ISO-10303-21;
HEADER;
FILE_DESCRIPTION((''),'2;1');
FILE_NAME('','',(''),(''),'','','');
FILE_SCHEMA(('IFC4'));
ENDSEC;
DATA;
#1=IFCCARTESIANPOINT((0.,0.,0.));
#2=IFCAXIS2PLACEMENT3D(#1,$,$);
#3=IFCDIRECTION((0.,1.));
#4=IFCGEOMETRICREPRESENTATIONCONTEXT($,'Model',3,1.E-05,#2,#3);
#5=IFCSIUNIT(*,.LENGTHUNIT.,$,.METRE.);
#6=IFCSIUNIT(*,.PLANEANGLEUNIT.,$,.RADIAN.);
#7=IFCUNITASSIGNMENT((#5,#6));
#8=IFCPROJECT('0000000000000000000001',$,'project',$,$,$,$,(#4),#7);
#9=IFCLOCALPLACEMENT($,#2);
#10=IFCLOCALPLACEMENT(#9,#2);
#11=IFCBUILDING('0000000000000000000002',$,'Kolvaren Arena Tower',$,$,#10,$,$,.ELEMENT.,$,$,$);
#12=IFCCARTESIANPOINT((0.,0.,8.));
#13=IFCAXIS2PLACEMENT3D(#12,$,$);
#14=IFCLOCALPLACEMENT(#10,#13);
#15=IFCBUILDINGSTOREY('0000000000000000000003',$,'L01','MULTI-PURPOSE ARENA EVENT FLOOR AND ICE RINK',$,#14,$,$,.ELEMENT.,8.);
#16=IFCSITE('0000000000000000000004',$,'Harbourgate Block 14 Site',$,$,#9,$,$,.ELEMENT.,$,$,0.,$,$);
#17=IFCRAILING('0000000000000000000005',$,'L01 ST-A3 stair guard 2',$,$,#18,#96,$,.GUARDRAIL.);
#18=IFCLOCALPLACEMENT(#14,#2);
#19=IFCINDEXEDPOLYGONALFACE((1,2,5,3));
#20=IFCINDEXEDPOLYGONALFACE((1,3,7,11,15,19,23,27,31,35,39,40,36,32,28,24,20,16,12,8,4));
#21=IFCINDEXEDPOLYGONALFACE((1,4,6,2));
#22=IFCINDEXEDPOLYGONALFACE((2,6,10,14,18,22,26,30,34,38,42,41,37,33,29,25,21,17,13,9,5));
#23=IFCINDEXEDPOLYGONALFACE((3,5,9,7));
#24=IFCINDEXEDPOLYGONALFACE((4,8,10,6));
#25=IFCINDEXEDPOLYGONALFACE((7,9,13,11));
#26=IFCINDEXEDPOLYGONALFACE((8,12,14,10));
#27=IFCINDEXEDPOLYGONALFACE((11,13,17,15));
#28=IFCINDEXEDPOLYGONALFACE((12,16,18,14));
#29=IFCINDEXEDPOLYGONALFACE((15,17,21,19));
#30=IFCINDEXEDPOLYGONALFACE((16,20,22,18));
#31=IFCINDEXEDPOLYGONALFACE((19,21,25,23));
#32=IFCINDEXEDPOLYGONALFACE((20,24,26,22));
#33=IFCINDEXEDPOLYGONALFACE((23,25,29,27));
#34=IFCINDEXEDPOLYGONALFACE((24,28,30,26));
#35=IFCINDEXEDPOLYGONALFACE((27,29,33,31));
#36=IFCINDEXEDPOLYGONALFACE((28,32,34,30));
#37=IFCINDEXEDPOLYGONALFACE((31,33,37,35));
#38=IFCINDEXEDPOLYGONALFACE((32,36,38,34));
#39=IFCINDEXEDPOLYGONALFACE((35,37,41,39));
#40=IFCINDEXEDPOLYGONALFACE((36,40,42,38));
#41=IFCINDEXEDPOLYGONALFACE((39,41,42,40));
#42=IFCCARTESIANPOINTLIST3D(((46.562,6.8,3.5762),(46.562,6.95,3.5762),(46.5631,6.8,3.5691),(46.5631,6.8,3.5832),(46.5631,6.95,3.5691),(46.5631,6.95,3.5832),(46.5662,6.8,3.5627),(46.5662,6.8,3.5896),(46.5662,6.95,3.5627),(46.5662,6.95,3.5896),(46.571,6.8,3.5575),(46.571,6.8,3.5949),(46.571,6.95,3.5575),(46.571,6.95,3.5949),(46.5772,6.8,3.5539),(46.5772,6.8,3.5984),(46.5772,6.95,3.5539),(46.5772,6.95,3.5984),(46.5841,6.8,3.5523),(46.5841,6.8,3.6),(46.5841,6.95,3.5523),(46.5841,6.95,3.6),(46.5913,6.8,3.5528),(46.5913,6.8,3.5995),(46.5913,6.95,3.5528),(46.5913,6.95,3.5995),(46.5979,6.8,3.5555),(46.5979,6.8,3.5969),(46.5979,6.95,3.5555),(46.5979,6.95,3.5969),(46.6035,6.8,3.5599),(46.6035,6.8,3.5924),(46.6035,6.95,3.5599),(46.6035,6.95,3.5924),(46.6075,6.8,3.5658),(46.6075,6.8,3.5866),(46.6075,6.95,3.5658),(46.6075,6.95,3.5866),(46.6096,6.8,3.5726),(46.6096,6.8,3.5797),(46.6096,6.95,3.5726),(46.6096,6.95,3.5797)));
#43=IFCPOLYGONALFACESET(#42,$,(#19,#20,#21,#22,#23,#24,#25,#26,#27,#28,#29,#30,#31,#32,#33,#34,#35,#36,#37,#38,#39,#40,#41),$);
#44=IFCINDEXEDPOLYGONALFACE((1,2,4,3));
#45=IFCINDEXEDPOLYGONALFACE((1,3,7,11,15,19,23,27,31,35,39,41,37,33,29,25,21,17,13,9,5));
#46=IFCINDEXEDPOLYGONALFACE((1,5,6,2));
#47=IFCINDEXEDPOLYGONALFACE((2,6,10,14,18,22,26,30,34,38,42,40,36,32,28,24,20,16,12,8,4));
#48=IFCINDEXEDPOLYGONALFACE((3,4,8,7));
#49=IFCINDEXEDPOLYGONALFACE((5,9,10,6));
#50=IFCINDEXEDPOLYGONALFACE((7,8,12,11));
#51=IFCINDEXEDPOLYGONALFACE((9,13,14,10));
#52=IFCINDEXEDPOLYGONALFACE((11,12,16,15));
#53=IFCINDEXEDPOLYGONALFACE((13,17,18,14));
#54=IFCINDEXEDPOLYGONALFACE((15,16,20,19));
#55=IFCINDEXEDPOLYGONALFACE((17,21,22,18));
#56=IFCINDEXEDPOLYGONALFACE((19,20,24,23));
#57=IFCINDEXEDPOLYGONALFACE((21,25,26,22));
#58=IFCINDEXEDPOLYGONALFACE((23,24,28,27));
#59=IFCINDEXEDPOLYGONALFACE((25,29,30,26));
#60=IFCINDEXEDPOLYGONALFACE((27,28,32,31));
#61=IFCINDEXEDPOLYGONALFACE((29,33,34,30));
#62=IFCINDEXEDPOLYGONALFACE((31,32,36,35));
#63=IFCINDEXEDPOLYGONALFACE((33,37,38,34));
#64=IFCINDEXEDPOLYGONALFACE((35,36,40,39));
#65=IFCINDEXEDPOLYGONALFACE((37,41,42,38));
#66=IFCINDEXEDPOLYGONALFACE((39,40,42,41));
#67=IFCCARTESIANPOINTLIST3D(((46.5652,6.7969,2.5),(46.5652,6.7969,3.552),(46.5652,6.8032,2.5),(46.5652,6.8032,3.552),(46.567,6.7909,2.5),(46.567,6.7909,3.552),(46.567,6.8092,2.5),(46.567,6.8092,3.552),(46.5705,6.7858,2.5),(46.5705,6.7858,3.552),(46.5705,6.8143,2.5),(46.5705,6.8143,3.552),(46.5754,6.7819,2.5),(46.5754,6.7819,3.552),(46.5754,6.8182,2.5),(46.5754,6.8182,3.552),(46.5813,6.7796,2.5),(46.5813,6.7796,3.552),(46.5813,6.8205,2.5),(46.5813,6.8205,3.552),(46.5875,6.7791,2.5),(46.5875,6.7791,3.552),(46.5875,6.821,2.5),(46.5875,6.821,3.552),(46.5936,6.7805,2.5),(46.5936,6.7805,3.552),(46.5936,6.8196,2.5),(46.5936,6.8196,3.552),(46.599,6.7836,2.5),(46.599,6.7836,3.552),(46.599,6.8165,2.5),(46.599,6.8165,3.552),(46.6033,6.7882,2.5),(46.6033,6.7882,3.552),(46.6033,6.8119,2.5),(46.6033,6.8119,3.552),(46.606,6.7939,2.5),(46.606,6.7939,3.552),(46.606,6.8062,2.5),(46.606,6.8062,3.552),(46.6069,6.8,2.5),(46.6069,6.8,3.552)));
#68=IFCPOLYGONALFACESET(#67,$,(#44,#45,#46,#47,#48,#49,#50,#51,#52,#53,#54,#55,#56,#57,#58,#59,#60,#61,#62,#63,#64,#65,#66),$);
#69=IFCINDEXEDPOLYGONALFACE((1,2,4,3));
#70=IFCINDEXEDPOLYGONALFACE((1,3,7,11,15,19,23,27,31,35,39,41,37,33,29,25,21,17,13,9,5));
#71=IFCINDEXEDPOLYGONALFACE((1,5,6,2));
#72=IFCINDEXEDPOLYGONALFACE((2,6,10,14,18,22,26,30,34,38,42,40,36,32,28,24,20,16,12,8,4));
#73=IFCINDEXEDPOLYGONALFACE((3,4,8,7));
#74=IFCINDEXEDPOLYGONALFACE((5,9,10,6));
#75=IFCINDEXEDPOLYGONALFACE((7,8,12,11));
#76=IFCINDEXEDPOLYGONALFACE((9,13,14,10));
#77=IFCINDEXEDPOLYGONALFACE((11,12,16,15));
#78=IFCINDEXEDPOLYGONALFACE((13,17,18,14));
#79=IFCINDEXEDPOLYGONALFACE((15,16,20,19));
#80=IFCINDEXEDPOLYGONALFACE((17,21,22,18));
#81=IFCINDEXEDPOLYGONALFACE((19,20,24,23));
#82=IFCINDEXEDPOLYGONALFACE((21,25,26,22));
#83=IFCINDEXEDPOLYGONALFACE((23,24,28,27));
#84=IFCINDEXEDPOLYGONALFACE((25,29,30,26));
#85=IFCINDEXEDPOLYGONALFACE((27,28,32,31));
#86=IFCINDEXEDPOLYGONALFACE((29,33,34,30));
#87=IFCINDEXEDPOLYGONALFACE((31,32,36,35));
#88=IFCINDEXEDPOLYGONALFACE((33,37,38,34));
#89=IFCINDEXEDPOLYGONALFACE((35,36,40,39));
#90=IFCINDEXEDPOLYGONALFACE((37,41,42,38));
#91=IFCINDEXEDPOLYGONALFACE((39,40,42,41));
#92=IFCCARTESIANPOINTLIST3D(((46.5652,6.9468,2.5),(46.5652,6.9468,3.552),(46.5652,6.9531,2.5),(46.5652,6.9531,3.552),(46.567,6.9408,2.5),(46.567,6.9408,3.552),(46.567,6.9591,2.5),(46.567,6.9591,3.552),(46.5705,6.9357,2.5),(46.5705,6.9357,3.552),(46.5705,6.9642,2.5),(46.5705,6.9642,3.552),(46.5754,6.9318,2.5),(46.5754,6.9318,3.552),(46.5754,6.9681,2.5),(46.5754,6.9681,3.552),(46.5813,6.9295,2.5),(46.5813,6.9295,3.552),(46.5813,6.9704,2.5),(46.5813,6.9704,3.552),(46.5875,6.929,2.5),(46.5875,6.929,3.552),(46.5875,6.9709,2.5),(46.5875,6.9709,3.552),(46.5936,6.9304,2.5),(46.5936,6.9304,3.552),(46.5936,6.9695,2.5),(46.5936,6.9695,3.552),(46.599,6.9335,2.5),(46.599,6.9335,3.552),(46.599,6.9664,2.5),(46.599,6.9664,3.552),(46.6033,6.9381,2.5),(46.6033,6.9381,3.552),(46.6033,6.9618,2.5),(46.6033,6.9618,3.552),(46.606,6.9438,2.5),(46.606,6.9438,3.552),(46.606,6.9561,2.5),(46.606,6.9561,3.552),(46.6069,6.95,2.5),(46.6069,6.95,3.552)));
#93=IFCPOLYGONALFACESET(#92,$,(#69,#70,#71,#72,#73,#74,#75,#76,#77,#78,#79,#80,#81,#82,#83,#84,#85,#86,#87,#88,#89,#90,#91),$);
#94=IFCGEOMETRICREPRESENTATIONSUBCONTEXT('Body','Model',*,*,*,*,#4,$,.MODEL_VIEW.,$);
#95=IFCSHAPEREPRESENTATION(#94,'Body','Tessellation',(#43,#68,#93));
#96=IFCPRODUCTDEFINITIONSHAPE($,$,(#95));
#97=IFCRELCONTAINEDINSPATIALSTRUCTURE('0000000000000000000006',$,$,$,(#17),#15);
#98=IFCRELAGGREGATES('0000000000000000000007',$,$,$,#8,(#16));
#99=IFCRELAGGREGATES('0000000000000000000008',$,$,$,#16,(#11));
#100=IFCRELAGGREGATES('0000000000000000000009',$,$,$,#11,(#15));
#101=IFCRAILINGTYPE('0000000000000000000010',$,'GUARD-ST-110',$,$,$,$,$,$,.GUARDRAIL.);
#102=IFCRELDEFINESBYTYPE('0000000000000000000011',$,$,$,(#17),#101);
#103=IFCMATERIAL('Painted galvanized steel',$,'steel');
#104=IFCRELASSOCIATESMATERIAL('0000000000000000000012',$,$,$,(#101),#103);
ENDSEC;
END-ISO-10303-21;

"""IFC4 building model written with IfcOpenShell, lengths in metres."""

from ifc_helpers import new_model, si_unit, direction, frame, origin, origin_2d, place, context, subcontext, project, spatial, circle, extrude, material, type_object, element, save


model = new_model("IFC4")

# Units and contexts
model_context = context("Model", 3, precision=1e-05, world=origin(), true_north=direction((0.0, 1.0)))
body_context = subcontext(model_context, "Body", "Model", "MODEL_VIEW")
ifc_project = project(units=[si_unit("LENGTHUNIT", "METRE"), si_unit("PLANEANGLEUNIT", "RADIAN")], contexts=[model_context])

# Site, building, storey
site_placement = place(None, origin())
site = spatial("IfcSite", under=ifc_project, at=site_placement, Name="Harbourgate Block 14 Site", CompositionType="ELEMENT", RefElevation=0.0)
building_placement = place(site_placement, origin())
building = spatial("IfcBuilding", under=site, at=building_placement, Name="Kolvaren Arena Tower", CompositionType="ELEMENT")
storey_placement = place(building_placement, frame((0.0, 0.0, 8.0)))
storey = spatial("IfcBuildingStorey", under=building, at=storey_placement, Name="L01", Description="MULTI-PURPOSE ARENA EVENT FLOOR AND ICE RINK", CompositionType="ELEMENT", Elevation=8.0)

# Railing
ifc_material_1 = material(Name="Painted galvanized steel", Category="steel")
railing_type_1 = type_object("IfcRailingType", Name="GUARD-ST-110", PredefinedType="GUARDRAIL", material=ifc_material_1)
railing_1_placement = place(storey_placement, frame((46.5859, 6.8, 2.5)))
element("IfcRailing", 1, at=railing_1_placement, inside=storey, type_object=railing_type_1, Name="L01 ST-A3 stair guard 2", PredefinedType="GUARDRAIL", context=body_context, shape_type="SweptSolid", body=[
    extrude(circle(Radius=0.0239, at=origin_2d()), frame((0.0, 0.0, 1.0762), z_axis=(0.0, 1.0, 0.0), x_axis=(-1.0, 0.0, 0.0)), (0.0, 0.0, 1.0), 0.1499),
    extrude(circle(Radius=0.021, at=origin_2d()), origin(), (0.0, 0.0, 1.0), 1.052),
    extrude(circle(Radius=0.021, at=origin_2d()), frame((0.0, 0.1499, 0.0)), (0.0, 0.0, 1.0), 1.052),
])

save(model, "model.ifc")
